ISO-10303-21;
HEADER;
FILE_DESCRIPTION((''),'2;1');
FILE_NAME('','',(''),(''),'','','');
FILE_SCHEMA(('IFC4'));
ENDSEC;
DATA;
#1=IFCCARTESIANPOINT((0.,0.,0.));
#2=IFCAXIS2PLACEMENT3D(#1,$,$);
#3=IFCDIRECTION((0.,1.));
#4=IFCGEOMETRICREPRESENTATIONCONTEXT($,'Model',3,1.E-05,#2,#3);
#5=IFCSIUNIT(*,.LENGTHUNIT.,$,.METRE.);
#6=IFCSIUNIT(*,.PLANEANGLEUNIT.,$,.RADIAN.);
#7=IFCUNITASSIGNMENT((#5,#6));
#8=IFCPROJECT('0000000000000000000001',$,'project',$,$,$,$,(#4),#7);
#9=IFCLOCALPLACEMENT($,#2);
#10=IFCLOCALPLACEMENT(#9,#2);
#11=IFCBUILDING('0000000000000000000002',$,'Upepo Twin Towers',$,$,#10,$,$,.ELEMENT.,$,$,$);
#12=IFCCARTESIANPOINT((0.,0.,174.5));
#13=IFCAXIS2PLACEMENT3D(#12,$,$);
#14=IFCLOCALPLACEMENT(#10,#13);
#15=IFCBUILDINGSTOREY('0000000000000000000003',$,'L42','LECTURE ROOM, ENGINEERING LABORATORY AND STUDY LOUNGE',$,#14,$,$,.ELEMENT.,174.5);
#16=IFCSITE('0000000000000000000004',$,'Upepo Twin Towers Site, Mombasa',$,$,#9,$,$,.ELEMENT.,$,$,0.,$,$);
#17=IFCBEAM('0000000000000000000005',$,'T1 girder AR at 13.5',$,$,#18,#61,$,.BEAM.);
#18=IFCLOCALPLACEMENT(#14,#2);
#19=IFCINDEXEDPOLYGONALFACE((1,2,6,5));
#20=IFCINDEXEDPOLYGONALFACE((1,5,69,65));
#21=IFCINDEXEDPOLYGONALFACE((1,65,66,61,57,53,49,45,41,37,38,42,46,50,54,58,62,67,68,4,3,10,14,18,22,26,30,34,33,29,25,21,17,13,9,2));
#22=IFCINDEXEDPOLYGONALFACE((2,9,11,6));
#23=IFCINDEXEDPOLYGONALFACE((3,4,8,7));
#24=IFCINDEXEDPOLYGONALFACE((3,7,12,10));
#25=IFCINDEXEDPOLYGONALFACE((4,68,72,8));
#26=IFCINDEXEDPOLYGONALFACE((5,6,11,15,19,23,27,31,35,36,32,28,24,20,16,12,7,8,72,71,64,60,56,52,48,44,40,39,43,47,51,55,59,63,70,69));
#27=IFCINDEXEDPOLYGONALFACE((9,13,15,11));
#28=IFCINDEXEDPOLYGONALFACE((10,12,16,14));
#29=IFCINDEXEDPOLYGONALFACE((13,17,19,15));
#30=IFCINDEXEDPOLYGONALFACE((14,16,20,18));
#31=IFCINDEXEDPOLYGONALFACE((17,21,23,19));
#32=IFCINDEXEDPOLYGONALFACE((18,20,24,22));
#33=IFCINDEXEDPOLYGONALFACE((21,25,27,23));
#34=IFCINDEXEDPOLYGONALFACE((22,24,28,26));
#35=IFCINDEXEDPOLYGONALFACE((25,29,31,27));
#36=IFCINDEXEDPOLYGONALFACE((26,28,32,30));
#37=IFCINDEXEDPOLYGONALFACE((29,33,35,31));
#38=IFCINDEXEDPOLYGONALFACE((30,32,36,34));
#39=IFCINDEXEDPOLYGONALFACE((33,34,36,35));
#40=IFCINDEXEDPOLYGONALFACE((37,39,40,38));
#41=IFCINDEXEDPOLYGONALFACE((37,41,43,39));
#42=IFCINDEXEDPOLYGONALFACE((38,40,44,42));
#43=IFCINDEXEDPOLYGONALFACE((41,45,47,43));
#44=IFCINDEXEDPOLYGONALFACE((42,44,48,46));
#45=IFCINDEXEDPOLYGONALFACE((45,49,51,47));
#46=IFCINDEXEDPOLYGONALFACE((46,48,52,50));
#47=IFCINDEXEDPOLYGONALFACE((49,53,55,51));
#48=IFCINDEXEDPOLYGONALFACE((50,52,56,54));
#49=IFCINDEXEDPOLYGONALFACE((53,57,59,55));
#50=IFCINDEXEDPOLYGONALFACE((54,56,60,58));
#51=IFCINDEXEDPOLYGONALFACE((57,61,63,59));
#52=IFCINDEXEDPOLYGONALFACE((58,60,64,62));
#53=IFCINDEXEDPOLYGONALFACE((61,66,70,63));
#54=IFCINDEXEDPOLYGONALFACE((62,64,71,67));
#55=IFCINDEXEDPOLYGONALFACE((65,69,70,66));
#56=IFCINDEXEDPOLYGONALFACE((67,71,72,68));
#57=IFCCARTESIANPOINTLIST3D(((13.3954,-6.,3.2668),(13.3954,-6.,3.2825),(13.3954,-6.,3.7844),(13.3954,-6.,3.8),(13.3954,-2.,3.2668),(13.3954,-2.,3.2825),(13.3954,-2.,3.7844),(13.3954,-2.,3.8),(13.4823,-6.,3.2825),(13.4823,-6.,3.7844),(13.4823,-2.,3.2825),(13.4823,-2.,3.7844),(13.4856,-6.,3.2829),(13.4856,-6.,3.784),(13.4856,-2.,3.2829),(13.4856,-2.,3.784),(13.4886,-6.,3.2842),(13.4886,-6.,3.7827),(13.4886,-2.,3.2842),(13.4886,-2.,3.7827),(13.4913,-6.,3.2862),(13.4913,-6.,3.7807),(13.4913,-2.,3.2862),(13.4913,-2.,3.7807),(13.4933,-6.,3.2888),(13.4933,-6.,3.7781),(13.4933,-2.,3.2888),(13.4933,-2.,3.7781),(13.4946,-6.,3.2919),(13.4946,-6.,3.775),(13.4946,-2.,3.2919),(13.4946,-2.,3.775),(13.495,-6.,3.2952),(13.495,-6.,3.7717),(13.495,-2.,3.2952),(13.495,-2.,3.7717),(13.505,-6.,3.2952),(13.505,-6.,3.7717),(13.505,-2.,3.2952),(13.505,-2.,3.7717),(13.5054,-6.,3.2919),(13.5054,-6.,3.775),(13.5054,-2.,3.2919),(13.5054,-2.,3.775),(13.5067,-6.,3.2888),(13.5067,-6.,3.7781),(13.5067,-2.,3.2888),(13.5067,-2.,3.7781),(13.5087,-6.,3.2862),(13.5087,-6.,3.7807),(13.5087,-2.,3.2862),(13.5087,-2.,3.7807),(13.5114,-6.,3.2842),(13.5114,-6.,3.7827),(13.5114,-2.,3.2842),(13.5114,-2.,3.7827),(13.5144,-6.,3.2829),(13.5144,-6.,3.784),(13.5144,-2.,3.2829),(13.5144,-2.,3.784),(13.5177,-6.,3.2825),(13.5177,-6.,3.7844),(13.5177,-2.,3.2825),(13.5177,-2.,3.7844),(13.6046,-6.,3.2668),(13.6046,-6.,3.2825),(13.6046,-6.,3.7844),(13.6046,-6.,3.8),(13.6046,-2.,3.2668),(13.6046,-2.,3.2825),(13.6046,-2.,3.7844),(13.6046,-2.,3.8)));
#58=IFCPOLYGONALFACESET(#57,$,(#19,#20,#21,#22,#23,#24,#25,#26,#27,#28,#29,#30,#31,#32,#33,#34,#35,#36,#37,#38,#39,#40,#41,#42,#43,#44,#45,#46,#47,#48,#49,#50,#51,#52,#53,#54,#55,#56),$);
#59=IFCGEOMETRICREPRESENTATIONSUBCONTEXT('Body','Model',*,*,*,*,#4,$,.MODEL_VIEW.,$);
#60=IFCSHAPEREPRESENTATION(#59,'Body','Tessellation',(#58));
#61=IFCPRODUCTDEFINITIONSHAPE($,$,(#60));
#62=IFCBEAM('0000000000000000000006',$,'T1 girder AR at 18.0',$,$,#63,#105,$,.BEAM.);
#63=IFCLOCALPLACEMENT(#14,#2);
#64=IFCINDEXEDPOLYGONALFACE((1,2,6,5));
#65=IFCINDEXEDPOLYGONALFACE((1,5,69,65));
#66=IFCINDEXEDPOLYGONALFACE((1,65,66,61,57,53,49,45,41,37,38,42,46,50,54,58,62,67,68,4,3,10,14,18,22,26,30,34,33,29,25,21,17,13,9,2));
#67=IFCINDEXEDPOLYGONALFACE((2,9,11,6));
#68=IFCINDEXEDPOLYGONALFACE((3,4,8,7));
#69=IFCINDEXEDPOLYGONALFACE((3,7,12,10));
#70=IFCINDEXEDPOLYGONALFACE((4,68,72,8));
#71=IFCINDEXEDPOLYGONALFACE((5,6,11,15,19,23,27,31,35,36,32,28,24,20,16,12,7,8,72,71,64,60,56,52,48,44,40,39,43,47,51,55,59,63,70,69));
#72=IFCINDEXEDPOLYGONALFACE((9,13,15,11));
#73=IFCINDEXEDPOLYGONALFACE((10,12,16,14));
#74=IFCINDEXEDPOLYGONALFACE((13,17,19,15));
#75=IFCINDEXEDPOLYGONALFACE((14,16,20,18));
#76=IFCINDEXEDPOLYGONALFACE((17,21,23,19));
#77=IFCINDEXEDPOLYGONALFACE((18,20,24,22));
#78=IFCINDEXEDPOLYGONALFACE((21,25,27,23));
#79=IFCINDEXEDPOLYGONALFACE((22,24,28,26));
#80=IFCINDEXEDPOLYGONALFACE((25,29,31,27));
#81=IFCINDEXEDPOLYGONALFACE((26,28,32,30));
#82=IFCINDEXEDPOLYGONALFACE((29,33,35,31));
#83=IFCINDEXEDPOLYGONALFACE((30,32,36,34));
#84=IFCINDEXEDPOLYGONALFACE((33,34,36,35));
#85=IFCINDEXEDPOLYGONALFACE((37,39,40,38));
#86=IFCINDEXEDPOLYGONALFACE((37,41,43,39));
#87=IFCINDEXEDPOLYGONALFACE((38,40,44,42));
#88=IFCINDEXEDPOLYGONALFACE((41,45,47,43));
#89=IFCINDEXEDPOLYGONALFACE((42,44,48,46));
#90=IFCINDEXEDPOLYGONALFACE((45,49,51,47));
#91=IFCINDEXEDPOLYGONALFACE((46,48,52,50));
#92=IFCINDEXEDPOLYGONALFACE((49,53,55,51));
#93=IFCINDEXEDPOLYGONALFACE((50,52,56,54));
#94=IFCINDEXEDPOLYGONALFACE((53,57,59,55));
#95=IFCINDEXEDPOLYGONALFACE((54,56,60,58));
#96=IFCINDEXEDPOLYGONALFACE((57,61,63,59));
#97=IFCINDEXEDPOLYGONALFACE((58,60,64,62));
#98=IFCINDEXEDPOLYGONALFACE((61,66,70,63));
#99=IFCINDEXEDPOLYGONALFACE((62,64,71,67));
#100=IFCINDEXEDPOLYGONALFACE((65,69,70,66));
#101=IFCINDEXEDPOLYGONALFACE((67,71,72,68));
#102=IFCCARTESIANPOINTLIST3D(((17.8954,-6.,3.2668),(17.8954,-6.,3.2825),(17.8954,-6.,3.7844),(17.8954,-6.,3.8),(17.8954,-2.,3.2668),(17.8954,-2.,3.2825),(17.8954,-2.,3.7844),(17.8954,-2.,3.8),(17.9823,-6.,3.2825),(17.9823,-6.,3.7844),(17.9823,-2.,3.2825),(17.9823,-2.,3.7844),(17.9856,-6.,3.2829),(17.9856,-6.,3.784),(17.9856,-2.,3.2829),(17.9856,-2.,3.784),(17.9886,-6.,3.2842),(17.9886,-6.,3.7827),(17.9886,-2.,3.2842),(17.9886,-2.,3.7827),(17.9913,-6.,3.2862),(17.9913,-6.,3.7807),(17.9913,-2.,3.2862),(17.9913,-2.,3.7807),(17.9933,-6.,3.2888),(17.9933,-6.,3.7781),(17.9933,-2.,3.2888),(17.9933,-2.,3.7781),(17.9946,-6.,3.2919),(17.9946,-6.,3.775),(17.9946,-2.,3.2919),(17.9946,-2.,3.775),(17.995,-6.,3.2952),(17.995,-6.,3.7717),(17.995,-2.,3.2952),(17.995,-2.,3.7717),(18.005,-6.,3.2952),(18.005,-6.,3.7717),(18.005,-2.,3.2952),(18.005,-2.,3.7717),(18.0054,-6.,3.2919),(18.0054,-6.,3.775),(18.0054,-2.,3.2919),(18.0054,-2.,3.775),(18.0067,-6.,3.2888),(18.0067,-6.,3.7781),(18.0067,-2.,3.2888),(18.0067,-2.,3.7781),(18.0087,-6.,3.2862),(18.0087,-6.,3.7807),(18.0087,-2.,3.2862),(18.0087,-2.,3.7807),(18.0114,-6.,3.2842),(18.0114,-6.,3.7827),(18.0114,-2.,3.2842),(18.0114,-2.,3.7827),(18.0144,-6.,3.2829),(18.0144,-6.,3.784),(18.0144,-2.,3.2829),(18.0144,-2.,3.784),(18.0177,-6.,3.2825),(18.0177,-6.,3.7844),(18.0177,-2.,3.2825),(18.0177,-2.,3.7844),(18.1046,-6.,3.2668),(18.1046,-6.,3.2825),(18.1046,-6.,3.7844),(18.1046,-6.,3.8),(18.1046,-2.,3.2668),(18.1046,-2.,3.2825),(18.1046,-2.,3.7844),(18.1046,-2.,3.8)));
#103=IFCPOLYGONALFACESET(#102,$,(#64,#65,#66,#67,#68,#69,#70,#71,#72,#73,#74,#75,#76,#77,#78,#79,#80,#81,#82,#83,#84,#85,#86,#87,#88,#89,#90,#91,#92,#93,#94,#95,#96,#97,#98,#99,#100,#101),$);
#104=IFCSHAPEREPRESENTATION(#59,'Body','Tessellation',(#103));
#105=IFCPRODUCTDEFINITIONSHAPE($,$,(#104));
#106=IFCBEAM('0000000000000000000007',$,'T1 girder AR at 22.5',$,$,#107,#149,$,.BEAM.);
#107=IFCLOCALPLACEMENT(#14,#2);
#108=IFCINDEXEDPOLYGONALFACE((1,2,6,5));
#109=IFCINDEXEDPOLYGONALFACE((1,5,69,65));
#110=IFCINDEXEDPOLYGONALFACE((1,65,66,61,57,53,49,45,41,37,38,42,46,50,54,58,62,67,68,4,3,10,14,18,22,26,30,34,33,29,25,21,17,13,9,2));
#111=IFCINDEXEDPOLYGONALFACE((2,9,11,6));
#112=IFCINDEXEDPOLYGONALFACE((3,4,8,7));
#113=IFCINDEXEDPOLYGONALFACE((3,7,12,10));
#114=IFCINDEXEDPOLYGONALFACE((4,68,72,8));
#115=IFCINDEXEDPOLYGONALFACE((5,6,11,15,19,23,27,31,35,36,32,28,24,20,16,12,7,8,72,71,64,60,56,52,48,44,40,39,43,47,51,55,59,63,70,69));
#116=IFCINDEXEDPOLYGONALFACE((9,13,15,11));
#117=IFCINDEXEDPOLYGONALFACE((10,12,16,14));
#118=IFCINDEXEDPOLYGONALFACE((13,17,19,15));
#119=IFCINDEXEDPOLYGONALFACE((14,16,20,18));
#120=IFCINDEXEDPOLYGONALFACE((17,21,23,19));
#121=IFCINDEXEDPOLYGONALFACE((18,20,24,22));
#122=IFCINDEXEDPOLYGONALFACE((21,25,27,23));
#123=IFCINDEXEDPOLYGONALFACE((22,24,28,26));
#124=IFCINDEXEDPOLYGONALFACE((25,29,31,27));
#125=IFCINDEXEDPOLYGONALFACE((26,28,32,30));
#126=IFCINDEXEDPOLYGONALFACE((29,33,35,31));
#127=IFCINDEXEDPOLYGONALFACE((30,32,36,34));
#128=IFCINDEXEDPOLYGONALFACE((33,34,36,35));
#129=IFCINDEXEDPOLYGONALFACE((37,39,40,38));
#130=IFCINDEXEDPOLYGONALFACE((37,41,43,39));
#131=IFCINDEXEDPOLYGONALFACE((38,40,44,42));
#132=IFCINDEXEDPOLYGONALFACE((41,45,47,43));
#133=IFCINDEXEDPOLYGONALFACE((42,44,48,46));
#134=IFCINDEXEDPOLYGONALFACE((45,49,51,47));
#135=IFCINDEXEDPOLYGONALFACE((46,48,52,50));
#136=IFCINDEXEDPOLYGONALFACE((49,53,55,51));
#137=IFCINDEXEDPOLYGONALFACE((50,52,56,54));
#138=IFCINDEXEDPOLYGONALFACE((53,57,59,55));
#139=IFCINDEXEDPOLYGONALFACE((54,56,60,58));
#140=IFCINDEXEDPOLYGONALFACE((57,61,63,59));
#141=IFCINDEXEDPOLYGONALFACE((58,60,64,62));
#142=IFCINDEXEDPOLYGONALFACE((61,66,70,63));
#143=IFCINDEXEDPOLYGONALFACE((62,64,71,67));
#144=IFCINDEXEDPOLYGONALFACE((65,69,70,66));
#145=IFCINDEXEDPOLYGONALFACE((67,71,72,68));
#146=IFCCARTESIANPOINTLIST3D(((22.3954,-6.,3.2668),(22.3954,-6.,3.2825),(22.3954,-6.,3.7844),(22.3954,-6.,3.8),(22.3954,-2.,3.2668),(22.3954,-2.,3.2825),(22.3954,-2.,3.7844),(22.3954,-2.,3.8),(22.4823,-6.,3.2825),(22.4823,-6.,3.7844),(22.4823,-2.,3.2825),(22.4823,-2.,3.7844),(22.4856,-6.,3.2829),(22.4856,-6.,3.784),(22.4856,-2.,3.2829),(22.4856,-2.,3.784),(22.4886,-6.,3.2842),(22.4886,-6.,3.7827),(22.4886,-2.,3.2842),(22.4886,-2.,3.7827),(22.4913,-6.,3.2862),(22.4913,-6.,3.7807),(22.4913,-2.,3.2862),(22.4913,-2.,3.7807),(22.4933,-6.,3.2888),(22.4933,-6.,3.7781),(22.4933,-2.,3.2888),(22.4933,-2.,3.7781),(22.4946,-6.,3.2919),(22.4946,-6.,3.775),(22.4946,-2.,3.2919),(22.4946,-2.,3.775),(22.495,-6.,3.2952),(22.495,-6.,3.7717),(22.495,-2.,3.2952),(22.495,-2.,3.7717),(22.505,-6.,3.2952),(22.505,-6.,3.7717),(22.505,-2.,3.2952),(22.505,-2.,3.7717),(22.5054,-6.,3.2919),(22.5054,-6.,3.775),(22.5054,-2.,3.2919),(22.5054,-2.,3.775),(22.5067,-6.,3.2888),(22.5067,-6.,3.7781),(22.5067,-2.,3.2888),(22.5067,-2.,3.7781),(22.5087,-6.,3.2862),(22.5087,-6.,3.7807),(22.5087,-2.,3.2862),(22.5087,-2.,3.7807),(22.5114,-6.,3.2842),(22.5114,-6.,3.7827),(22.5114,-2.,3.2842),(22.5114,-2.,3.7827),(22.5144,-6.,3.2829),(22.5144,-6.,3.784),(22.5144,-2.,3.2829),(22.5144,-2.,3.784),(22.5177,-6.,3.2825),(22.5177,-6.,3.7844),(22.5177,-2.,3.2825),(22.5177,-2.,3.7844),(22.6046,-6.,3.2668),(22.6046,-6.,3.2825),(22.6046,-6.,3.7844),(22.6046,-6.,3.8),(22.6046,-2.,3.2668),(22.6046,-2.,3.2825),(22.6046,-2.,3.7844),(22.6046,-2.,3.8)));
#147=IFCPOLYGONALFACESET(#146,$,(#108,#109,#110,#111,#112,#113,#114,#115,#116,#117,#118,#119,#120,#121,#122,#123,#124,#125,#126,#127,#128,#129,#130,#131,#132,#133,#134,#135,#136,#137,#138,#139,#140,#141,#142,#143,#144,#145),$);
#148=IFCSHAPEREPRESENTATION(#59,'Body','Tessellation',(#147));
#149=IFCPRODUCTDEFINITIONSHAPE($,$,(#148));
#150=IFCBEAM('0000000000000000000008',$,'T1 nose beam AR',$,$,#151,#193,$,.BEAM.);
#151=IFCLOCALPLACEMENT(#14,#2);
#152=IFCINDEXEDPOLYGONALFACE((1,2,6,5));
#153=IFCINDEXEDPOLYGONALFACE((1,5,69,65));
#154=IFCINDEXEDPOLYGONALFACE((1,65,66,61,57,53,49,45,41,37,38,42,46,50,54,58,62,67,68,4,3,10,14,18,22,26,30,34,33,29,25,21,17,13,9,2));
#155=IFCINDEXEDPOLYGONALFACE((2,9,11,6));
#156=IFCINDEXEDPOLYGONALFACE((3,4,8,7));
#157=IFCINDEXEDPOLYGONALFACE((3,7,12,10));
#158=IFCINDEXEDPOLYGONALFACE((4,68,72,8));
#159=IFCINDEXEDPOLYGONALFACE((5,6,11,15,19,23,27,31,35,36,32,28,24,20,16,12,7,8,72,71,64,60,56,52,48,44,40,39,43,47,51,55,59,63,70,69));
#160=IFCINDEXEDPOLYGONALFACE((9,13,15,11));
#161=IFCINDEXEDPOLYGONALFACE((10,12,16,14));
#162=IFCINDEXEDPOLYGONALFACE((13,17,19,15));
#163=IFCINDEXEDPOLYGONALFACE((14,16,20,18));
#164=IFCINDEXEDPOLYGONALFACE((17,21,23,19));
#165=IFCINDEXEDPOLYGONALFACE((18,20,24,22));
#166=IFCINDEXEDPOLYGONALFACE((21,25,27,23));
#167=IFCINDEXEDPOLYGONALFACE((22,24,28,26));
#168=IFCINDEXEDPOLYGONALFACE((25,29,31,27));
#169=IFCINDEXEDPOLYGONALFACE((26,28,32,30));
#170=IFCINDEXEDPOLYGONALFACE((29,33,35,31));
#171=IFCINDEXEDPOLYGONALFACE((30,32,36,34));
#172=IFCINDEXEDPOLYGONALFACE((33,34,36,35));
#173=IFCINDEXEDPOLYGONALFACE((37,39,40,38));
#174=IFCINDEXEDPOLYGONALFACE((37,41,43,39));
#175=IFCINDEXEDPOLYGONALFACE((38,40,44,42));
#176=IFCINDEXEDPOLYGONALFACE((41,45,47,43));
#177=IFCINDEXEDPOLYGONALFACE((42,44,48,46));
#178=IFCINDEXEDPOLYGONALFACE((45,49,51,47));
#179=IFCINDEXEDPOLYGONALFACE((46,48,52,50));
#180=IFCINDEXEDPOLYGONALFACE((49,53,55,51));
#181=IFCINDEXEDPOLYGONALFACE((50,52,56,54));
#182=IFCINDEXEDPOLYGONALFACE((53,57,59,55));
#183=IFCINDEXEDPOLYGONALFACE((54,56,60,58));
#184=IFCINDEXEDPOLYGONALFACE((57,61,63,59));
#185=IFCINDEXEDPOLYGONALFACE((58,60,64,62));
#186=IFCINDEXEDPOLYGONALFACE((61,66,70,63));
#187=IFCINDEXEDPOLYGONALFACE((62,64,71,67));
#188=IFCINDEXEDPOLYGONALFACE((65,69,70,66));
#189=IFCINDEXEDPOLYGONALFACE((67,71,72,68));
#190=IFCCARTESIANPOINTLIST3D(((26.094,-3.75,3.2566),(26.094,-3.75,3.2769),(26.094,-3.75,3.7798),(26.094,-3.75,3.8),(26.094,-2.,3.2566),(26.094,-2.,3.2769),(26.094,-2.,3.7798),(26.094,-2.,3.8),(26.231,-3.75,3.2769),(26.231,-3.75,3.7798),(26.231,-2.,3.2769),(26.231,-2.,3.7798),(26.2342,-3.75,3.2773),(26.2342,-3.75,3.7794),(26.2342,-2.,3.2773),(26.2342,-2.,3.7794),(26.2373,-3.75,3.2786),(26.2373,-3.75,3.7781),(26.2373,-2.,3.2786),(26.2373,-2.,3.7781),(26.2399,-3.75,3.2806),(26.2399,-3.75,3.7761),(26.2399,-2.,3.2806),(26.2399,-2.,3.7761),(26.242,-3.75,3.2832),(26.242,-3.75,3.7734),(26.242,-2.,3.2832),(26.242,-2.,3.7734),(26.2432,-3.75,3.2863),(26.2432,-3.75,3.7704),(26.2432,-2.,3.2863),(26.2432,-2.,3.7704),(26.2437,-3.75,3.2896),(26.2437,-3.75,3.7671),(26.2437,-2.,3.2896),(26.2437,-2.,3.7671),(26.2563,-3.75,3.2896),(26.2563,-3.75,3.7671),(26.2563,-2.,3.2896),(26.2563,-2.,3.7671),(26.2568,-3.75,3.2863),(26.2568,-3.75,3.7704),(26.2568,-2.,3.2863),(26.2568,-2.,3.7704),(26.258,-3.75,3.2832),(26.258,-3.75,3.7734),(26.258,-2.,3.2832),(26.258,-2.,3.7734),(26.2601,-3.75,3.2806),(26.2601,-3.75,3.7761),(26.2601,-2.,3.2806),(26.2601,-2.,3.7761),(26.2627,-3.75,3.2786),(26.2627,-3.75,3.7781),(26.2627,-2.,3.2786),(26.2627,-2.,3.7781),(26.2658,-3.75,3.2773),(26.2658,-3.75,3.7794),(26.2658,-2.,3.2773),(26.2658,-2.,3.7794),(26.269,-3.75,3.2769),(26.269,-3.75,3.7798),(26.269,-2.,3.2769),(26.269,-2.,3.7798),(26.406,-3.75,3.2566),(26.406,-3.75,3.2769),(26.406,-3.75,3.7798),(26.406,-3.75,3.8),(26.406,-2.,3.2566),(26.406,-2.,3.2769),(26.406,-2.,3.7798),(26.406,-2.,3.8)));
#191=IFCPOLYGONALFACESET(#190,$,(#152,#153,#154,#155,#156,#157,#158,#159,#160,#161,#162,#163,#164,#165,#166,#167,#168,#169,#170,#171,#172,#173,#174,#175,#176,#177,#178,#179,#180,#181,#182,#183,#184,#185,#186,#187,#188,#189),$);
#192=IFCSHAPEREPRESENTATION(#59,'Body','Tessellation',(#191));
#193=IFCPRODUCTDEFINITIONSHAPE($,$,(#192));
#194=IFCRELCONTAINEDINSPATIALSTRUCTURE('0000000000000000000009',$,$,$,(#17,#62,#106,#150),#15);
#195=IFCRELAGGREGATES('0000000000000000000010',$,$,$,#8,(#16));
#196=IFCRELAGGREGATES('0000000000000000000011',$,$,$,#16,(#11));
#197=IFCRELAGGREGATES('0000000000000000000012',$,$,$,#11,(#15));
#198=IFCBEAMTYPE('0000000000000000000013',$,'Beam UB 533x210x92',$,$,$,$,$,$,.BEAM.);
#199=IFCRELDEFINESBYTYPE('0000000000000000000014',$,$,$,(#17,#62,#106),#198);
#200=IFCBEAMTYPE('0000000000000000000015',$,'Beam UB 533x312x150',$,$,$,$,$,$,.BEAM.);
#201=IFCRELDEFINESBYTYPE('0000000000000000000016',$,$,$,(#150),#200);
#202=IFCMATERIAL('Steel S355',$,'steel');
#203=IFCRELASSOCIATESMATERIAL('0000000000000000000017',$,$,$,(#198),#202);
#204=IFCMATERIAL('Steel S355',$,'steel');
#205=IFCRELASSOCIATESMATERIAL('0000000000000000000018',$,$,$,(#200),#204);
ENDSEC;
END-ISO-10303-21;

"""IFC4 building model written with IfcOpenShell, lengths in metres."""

from ifc_helpers import new_model, si_unit, direction, frame, origin, origin_2d, place, context, subcontext, project, spatial, i_section, extrude, material, material_profile, profile_set, type_object, element, save


model = new_model("IFC4")

# Units and contexts
model_context = context("Model", 3, precision=1e-05, world=origin(), true_north=direction((0.0, 1.0)))
body_context = subcontext(model_context, "Body", "Model", "MODEL_VIEW")
ifc_project = project(units=[si_unit("LENGTHUNIT", "METRE"), si_unit("PLANEANGLEUNIT", "RADIAN")], contexts=[model_context])

# Site, building, storey
site_placement = place(None, origin())
site = spatial("IfcSite", under=ifc_project, at=site_placement, Name="Upepo Twin Towers Site, Mombasa", CompositionType="ELEMENT", RefElevation=0.0)
building_placement = place(site_placement, origin())
building = spatial("IfcBuilding", under=site, at=building_placement, Name="Upepo Twin Towers", CompositionType="ELEMENT")
storey_placement = place(building_placement, frame((0.0, 0.0, 174.5)))
storey = spatial("IfcBuildingStorey", under=building, at=storey_placement, Name="L42", Description="LECTURE ROOM, ENGINEERING LABORATORY AND STUDY LOUNGE", CompositionType="ELEMENT", Elevation=174.5)

# Beams
ifc_material_1 = material(Name="Steel S355", Category="steel")
ifc_material_profile_1 = material_profile(ifc_material_1, i_section(OverallWidth=0.2092, OverallDepth=0.5332, WebThickness=0.01, FlangeThickness=0.0156, FilletRadius=0.0127, at=origin_2d()), Name="UB 533x210x92")
ifc_profile_set_1 = profile_set([ifc_material_profile_1], Name="Steel S355")
beam_type_1 = type_object("IfcBeamType", Name="Beam UB 533x210x92", PredefinedType="BEAM", material=ifc_profile_set_1)
for number, where, z_axis, x_axis, name in (
    (1, (13.5, -6.0, 3.5334), (0.0, 1.0, 0.0), (-1.0, 0.0, 0.0), "T1 girder AR at 13.5"),
    (2, (18.0, -6.0, 3.5334), (0.0, 1.0, 0.0), (-1.0, 0.0, 0.0), "T1 girder AR at 18.0"),
    (3, (22.5, -6.0, 3.5334), (0.0, 1.0, 0.0), (-1.0, 0.0, 0.0), "T1 girder AR at 22.5"),
):
    element("IfcBeam", number, at=place(storey_placement, frame(where, z_axis=z_axis, x_axis=x_axis)), inside=storey, type_object=beam_type_1, Name=name, PredefinedType="BEAM", context=body_context, shape_type="SweptSolid", body=[
        extrude(i_section(OverallWidth=0.2092, OverallDepth=0.5332, WebThickness=0.01, FlangeThickness=0.0156, FilletRadius=0.0127, at=origin_2d()), origin(), (0.0, 0.0, 1.0), 4.0),
    ])
ifc_material_2 = material(Name="Steel S355", Category="steel")
ifc_material_profile_2 = material_profile(ifc_material_2, i_section(OverallWidth=0.312, OverallDepth=0.5435, WebThickness=0.0127, FlangeThickness=0.0203, FilletRadius=0.0127, at=origin_2d()), Name="UB 533x312x150")
ifc_profile_set_2 = profile_set([ifc_material_profile_2], Name="Steel S355")
beam_type_2 = type_object("IfcBeamType", Name="Beam UB 533x312x150", PredefinedType="BEAM", material=ifc_profile_set_2)
beam_1_placement = place(storey_placement, frame((26.25, -3.75, 3.5283), z_axis=(0.0, 1.0, 0.0), x_axis=(-1.0, 0.0, 0.0)))
element("IfcBeam", 4, at=beam_1_placement, inside=storey, type_object=beam_type_2, Name="T1 nose beam AR", PredefinedType="BEAM", context=body_context, shape_type="SweptSolid", body=[
    extrude(i_section(OverallWidth=0.312, OverallDepth=0.5435, WebThickness=0.0127, FlangeThickness=0.0203, FilletRadius=0.0127, at=origin_2d()), origin(), (0.0, 0.0, 1.0), 1.75),
])

save(model, "model.ifc")
